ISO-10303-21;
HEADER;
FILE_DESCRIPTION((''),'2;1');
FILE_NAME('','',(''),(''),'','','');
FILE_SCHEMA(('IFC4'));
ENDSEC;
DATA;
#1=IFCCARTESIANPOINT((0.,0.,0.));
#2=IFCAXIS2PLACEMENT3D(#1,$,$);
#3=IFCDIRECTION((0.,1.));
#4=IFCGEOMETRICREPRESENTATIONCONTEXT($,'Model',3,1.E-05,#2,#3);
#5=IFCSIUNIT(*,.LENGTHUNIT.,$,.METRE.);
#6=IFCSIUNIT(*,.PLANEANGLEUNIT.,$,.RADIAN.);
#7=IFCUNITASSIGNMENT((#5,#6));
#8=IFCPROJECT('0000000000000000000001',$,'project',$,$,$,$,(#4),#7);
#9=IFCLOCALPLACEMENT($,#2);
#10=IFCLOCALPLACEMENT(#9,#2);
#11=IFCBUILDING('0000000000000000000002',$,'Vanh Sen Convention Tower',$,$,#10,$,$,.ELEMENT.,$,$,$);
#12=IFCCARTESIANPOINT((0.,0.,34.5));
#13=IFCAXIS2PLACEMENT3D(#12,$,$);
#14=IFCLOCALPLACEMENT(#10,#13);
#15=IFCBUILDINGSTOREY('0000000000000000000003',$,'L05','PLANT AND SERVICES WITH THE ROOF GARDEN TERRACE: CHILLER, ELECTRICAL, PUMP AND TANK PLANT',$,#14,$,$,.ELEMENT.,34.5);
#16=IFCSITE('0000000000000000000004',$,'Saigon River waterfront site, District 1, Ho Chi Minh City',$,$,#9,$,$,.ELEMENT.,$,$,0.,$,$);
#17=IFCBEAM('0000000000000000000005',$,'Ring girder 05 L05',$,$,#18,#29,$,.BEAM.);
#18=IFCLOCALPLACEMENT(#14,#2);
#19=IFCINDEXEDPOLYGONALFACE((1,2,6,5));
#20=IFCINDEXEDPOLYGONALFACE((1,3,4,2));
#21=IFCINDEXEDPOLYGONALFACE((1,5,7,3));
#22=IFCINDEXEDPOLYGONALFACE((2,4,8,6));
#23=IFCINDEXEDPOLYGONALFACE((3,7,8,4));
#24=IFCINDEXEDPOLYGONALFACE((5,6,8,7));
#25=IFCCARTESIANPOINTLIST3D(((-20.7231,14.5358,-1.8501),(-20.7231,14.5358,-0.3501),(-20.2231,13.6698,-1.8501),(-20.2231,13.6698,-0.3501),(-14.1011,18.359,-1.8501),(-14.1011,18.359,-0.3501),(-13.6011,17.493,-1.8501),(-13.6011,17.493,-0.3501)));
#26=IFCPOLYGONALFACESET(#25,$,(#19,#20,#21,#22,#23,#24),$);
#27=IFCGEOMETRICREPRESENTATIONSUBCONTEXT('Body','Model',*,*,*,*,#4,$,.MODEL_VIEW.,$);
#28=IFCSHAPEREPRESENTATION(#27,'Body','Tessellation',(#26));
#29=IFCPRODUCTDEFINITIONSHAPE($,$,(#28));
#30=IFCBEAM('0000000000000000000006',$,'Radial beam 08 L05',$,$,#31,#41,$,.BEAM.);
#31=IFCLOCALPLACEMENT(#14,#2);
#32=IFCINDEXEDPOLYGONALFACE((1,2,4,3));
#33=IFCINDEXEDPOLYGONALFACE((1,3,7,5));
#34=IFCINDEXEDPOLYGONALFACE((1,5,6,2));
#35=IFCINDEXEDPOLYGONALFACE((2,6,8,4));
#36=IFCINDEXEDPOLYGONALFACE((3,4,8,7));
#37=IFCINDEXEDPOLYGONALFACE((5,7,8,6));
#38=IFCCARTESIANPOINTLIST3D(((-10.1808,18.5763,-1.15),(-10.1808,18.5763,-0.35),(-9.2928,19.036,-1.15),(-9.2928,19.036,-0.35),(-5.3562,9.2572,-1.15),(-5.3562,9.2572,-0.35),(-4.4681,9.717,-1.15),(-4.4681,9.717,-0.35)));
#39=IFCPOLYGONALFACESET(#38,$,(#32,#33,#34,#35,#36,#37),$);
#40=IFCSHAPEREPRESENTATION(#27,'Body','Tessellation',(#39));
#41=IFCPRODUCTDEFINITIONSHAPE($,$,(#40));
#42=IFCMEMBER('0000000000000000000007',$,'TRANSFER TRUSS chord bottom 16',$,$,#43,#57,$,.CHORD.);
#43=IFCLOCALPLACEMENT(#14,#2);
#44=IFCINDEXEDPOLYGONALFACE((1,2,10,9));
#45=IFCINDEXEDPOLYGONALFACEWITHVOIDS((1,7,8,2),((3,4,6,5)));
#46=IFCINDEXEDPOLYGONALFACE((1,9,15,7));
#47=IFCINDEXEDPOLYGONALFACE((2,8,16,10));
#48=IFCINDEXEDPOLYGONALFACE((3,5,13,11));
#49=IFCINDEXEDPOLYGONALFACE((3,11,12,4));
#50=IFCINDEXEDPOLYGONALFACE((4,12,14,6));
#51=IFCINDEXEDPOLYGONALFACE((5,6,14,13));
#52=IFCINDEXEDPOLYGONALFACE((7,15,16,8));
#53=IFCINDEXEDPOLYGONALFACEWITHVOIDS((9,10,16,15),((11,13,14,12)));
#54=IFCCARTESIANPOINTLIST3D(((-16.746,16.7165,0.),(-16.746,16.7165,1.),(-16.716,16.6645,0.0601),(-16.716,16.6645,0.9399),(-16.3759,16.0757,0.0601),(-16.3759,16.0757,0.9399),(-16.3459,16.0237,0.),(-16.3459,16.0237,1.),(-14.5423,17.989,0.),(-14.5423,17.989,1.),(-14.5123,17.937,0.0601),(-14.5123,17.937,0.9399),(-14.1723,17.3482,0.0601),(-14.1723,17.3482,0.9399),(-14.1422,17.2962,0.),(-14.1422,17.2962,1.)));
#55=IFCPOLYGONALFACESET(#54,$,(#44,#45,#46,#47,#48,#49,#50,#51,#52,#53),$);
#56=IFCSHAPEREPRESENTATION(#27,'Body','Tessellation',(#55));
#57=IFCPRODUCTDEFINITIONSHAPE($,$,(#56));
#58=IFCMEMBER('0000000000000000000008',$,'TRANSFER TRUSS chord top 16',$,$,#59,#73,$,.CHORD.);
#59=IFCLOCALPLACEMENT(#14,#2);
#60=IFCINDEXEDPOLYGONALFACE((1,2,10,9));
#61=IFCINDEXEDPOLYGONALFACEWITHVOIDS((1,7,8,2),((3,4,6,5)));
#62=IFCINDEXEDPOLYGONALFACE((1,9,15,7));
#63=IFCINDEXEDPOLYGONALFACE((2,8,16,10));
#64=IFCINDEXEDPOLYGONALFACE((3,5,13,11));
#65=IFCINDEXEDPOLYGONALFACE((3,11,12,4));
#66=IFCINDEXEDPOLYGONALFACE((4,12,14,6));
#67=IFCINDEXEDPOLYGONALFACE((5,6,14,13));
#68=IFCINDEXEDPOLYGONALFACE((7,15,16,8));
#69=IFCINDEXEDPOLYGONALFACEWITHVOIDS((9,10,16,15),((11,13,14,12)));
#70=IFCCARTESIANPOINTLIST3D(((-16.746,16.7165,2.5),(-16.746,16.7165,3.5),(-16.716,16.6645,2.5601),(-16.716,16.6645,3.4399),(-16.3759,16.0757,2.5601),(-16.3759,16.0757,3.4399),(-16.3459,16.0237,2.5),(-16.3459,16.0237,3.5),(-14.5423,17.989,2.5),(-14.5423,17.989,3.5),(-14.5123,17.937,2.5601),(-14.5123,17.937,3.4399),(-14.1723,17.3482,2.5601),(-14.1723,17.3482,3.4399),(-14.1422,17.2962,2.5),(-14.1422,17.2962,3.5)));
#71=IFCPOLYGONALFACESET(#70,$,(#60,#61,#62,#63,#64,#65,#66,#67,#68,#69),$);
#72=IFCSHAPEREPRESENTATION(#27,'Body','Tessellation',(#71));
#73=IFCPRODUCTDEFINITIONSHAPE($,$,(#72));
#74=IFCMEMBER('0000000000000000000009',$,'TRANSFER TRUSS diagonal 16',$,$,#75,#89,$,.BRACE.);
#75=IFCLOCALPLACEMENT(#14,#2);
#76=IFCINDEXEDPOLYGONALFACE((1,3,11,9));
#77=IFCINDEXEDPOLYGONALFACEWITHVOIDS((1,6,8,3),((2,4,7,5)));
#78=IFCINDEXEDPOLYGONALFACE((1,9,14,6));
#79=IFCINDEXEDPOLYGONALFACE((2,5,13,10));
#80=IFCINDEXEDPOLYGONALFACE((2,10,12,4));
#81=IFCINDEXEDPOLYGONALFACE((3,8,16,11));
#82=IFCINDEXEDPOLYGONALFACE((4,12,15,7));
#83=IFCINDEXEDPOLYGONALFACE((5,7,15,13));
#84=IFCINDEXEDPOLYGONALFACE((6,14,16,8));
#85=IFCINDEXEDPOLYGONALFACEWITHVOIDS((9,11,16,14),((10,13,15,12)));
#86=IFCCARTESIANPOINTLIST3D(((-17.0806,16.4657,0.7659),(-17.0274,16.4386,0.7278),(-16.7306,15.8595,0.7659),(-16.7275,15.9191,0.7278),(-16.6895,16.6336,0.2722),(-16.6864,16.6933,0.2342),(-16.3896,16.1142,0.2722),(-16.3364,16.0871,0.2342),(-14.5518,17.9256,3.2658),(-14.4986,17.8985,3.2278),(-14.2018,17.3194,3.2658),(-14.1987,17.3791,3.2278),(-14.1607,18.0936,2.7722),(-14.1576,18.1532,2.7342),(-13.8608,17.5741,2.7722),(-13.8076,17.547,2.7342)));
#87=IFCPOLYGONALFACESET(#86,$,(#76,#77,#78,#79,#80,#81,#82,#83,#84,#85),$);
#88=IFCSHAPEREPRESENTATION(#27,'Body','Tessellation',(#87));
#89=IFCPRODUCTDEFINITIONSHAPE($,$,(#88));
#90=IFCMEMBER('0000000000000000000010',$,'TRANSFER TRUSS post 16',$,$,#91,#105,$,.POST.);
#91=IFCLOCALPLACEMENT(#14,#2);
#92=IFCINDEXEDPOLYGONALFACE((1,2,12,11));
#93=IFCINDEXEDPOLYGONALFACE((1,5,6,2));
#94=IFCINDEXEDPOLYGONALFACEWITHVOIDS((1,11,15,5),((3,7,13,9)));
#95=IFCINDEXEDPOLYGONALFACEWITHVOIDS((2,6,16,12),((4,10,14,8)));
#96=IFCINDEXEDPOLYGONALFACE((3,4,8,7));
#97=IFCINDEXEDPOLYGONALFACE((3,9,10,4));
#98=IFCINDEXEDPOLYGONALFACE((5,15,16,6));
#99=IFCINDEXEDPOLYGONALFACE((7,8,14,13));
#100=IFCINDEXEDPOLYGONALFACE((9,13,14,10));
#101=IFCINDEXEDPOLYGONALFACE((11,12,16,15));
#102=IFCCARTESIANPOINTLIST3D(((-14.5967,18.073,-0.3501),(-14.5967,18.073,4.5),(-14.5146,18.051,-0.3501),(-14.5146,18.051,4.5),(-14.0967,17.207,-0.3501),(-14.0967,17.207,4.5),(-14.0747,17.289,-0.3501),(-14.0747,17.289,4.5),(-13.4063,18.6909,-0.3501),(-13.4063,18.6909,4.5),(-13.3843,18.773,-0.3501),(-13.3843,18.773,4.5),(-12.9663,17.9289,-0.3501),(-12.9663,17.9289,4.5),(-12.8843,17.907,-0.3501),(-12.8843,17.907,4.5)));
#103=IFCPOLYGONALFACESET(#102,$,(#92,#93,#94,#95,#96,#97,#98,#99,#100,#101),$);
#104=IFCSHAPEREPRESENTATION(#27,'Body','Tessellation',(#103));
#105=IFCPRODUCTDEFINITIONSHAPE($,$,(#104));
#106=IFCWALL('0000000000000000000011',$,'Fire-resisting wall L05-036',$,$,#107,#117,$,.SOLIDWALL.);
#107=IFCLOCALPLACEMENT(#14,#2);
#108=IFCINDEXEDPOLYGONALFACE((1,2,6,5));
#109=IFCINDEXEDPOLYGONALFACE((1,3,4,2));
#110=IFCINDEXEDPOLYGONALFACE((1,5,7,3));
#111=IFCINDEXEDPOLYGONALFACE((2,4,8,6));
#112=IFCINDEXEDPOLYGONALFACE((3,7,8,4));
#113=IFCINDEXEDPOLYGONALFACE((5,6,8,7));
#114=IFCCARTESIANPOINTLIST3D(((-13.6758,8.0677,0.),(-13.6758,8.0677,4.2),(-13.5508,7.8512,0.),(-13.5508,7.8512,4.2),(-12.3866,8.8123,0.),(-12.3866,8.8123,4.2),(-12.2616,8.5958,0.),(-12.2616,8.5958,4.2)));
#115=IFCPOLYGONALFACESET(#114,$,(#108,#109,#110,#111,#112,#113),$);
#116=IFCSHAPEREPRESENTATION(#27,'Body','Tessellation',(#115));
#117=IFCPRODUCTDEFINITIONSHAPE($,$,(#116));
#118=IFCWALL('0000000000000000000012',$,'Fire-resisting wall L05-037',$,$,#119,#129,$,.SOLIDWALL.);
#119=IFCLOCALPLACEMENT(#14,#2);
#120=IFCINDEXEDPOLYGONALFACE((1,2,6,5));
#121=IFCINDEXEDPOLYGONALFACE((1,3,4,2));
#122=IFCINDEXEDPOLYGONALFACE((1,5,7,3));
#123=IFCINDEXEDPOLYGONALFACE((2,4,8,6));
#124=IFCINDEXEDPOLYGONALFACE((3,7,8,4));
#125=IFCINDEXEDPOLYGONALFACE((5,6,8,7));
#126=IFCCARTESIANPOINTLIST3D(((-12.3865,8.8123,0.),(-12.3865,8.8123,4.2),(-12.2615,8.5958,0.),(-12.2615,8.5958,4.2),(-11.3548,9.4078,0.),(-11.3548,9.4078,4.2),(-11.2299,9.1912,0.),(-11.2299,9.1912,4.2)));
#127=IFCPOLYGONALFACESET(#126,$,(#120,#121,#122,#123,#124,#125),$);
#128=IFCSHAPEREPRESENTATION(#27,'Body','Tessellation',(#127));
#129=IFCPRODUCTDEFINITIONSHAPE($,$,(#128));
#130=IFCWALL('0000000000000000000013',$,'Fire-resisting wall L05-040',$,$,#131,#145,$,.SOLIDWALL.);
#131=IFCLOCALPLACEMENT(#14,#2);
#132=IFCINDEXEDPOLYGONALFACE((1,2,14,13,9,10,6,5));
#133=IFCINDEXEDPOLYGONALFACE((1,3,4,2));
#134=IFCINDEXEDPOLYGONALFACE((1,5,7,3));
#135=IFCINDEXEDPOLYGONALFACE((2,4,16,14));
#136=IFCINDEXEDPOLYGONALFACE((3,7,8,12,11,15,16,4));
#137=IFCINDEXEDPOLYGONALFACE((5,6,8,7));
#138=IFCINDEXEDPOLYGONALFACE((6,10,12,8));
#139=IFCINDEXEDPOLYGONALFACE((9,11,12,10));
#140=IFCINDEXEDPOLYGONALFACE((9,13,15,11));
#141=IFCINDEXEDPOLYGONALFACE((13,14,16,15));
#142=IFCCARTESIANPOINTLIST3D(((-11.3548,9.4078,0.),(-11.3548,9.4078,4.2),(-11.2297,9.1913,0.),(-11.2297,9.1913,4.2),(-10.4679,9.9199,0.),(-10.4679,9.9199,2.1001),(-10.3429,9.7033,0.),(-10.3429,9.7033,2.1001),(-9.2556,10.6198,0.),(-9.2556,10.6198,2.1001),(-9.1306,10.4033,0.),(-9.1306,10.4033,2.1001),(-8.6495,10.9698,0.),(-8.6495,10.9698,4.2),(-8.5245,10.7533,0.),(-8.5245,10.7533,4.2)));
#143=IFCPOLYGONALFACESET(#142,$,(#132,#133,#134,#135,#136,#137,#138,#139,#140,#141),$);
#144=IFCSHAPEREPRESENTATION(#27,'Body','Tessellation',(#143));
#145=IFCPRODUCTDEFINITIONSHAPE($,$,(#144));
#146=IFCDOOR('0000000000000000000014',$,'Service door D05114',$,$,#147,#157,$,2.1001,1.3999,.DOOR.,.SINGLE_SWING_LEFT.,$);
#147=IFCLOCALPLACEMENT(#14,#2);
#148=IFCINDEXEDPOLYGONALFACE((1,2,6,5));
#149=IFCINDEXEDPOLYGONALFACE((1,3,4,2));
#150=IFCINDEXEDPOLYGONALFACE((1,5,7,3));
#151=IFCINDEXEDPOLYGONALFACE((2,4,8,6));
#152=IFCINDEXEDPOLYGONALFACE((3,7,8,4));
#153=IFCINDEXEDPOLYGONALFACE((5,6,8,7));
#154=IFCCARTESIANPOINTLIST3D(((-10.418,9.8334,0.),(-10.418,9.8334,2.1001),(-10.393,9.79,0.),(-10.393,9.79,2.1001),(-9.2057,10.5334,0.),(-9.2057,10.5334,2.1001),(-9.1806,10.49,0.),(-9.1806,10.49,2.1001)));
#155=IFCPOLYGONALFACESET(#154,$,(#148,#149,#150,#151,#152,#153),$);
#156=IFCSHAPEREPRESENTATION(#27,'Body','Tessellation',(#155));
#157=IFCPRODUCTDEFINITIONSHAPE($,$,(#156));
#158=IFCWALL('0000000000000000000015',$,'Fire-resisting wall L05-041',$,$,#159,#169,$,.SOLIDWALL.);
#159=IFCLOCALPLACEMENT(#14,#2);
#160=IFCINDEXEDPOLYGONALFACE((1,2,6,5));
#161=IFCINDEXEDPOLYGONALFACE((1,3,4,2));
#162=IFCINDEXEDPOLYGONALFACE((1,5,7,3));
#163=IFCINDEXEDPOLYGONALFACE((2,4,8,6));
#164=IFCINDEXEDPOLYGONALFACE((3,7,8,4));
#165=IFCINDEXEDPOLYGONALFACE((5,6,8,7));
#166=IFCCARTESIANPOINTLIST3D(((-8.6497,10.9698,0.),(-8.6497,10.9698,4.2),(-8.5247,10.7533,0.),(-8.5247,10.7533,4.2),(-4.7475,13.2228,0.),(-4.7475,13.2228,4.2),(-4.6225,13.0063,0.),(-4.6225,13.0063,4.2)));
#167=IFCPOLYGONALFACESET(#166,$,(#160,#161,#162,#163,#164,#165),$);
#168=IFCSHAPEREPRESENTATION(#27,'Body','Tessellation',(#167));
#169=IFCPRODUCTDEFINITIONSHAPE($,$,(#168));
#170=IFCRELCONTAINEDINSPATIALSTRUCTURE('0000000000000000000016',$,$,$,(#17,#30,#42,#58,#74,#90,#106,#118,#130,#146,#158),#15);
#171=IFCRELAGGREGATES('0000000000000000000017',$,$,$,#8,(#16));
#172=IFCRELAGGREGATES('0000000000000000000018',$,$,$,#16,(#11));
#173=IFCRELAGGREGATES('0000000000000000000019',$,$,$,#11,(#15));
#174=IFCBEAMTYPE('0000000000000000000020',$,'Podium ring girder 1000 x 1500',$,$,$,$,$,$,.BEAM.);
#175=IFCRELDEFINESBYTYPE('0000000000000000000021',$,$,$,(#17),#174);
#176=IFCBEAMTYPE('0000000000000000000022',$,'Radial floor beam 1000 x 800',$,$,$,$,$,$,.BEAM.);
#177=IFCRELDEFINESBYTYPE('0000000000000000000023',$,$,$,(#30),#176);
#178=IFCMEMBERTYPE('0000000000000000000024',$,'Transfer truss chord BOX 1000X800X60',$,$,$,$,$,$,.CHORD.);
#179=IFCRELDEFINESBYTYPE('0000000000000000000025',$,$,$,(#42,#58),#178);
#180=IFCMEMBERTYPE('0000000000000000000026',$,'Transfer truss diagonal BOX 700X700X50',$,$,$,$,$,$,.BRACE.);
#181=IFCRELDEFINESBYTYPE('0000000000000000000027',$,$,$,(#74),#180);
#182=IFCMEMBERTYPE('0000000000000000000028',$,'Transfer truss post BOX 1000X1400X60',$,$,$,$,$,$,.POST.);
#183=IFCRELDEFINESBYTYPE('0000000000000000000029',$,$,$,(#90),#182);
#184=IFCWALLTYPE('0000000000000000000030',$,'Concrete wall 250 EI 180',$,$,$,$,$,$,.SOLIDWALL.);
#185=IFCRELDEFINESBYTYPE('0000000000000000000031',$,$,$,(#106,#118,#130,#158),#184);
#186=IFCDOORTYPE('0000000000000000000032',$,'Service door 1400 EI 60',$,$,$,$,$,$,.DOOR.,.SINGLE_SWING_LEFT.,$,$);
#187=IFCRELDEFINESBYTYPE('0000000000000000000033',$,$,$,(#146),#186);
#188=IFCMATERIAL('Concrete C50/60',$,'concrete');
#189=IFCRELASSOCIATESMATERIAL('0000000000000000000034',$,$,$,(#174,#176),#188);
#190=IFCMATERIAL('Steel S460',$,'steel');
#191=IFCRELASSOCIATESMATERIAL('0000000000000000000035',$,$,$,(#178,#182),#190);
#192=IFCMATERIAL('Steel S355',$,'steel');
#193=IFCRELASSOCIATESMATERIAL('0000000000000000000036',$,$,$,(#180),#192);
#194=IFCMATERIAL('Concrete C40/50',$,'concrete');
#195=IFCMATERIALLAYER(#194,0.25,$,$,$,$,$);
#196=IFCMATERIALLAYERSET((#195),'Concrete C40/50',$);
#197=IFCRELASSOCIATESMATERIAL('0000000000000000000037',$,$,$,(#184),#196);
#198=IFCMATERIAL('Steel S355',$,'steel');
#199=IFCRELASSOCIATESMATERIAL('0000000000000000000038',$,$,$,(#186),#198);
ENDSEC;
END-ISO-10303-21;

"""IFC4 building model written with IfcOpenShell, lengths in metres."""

from ifc_helpers import new_model, si_unit, direction, frame, frame_2d, origin, origin_2d, place, context, subcontext, project, spatial, rectangle, hollow_rectangle, extrude, material, layer, layer_set, material_profile, profile_set, type_object, element, fill, save


model = new_model("IFC4")

# Units and contexts
model_context = context("Model", 3, precision=1e-05, world=origin(), true_north=direction((0.0, 1.0)))
body_context = subcontext(model_context, "Body", "Model", "MODEL_VIEW")
ifc_project = project(units=[si_unit("LENGTHUNIT", "METRE"), si_unit("PLANEANGLEUNIT", "RADIAN")], contexts=[model_context])

# Site, building, storey
site_placement = place(None, origin())
site = spatial("IfcSite", under=ifc_project, at=site_placement, Name="Saigon River waterfront site, District 1, Ho Chi Minh City", CompositionType="ELEMENT", RefElevation=0.0)
building_placement = place(site_placement, origin())
building = spatial("IfcBuilding", under=site, at=building_placement, Name="Vanh Sen Convention Tower", CompositionType="ELEMENT")
storey_placement = place(building_placement, frame((0.0, 0.0, 34.5)))
storey = spatial("IfcBuildingStorey", under=building, at=storey_placement, Name="L05", Description="PLANT AND SERVICES WITH THE ROOF GARDEN TERRACE: CHILLER, ELECTRICAL, PUMP AND TANK PLANT", CompositionType="ELEMENT", Elevation=34.5)

# Beams
ifc_material_1 = material(Name="Concrete C50/60", Category="concrete")
ifc_material_profile_1 = material_profile(ifc_material_1, rectangle(XDim=1.0, YDim=1.5, at=origin_2d()), Name="RC 1000X1500")
ifc_profile_set_1 = profile_set([ifc_material_profile_1], Name="Concrete C50/60")
beam_type_1 = type_object("IfcBeamType", Name="Podium ring girder 1000 x 1500", PredefinedType="BEAM", material=ifc_profile_set_1)
beam_1_placement = place(storey_placement, frame((-13.8511, 17.926, -1.1001), z_axis=(-0.866026, -0.499999, 0.0), x_axis=(0.499999, -0.866026, 0.0)))
element("IfcBeam", 1, at=beam_1_placement, inside=storey, type_object=beam_type_1, Name="Ring girder 05 L05", PredefinedType="BEAM", context=body_context, shape_type="SweptSolid", body=[
    extrude(rectangle(XDim=1.0, YDim=1.5, at=origin_2d()), origin(), (0.0, 0.0, 1.0), 7.6465),
])
ifc_material_profile_2 = material_profile(ifc_material_1, rectangle(XDim=1.0, YDim=0.8, at=origin_2d()), Name="RC 1000X800")
ifc_profile_set_2 = profile_set([ifc_material_profile_2], Name="Concrete C50/60")
beam_type_2 = type_object("IfcBeamType", Name="Radial floor beam 1000 x 800", PredefinedType="BEAM", material=ifc_profile_set_2)
beam_2_placement = place(storey_placement, frame((-9.7368, 18.8062, -0.75), z_axis=(0.45976, -0.888043, 0.0), x_axis=(0.888043, 0.45976, 0.0)))
element("IfcBeam", 2, at=beam_2_placement, inside=storey, type_object=beam_type_2, Name="Radial beam 08 L05", PredefinedType="BEAM", context=body_context, shape_type="SweptSolid", body=[
    extrude(rectangle(XDim=1.0, YDim=0.8, at=origin_2d()), origin(), (0.0, 0.0, 1.0), 10.4939),
])

# Members
ifc_material_2 = material(Name="Steel S460", Category="steel")
ifc_material_profile_3 = material_profile(ifc_material_2, hollow_rectangle(XDim=0.8, YDim=1.0, WallThickness=0.0601, at=origin_2d()), Name="BOX 1000X800X60")
ifc_profile_set_3 = profile_set([ifc_material_profile_3], Name="Steel S460")
member_type_1 = type_object("IfcMemberType", Name="Transfer truss chord BOX 1000X800X60", PredefinedType="CHORD", material=ifc_profile_set_3)
for number, where, z_axis, x_axis, name in (
    (3, (-14.3423, 17.6426, 0.5), (-0.865991, -0.50006, 0.0), (0.50006, -0.865991, 0.0), "TRANSFER TRUSS chord bottom 16"),
    (4, (-14.3423, 17.6426, 3.0), (-0.865991, -0.50006, 0.0), (0.50006, -0.865991, 0.0), "TRANSFER TRUSS chord top 16"),
):
    element("IfcMember", number, at=place(storey_placement, frame(where, z_axis=z_axis, x_axis=x_axis)), inside=storey, type_object=member_type_1, Name=name, PredefinedType="CHORD", context=body_context, shape_type="SweptSolid", body=[
        extrude(hollow_rectangle(XDim=0.8, YDim=1.0, WallThickness=0.0601, at=origin_2d()), origin(), (0.0, 0.0, 1.0), 2.5447),
    ])
ifc_material_3 = material(Name="Steel S355", Category="steel")
ifc_material_profile_4 = material_profile(ifc_material_3, hollow_rectangle(XDim=0.7, YDim=0.7, WallThickness=0.05, at=origin_2d()), Name="BOX 700X700X50")
ifc_profile_set_4 = profile_set([ifc_material_profile_4], Name="Steel S355")
member_type_2 = type_object("IfcMemberType", Name="Transfer truss diagonal BOX 700X700X50", PredefinedType="BRACE", material=ifc_profile_set_4)
member_1_placement = place(storey_placement, frame((-14.1797, 17.7363, 3.0), z_axis=(-0.657858, -0.379802, -0.650364), x_axis=(0.499988, -0.866032, 0.0)))
element("IfcMember", 5, at=member_1_placement, inside=storey, type_object=member_type_2, Name="TRANSFER TRUSS diagonal 16", PredefinedType="BRACE", context=body_context, shape_type="SweptSolid", body=[
    extrude(hollow_rectangle(XDim=0.7, YDim=0.7, WallThickness=0.05, at=origin_2d()), origin(), (0.0, 0.0, 1.0), 3.844),
])
ifc_material_profile_5 = material_profile(ifc_material_2, hollow_rectangle(XDim=1.3999, YDim=1.0, WallThickness=0.0601, at=origin_2d()), Name="BOX 1000X1400X60")
ifc_profile_set_5 = profile_set([ifc_material_profile_5], Name="Steel S460")
member_type_3 = type_object("IfcMemberType", Name="Transfer truss post BOX 1000X1400X60", PredefinedType="POST", material=ifc_profile_set_5)
member_2_placement = place(storey_placement, frame((-13.7405, 17.99, -0.3501), z_axis=(0.0, 0.0, 1.0), x_axis=(-0.866025, -0.5, 0.0)))
element("IfcMember", 6, at=member_2_placement, inside=storey, type_object=member_type_3, Name="TRANSFER TRUSS post 16", PredefinedType="POST", context=body_context, shape_type="SweptSolid", body=[
    extrude(hollow_rectangle(XDim=1.3999, YDim=1.0, WallThickness=0.0601, at=origin_2d()), origin(), (0.0, 0.0, 1.0), 4.8501),
])

# Walls
ifc_material_4 = material(Name="Concrete C40/50", Category="concrete")
ifc_layer_1 = layer(ifc_material_4, 0.25)
ifc_layer_set_1 = layer_set([ifc_layer_1], Name="Concrete C40/50")
wall_type = type_object("IfcWallType", Name="Concrete wall 250 EI 180", PredefinedType="SOLIDWALL", material=ifc_layer_set_1)
wall_1_placement = place(storey_placement, frame((-13.6133, 7.9595, 0.0), z_axis=(0.0, 0.0, 1.0), x_axis=(0.865953, 0.500125, 0.0)))
element("IfcWall", 7, at=wall_1_placement, inside=storey, type_object=wall_type, Name="Fire-resisting wall L05-036", PredefinedType="SOLIDWALL", context=body_context, shape_type="SweptSolid", body=[
    extrude(rectangle(XDim=1.4888, YDim=0.25, at=frame_2d((0.7444, 0.0))), origin(), (0.0, 0.0, 1.0), 4.2),
])
wall_2_placement = place(storey_placement, frame((-11.2922, 9.2996, 0.0), z_axis=(0.0, 0.0, 1.0), x_axis=(-0.866104, -0.499864, 0.0)))
element("IfcWall", 8, at=wall_2_placement, inside=storey, type_object=wall_type, Name="Fire-resisting wall L05-037", PredefinedType="SOLIDWALL", context=body_context, shape_type="SweptSolid", body=[
    extrude(rectangle(XDim=1.1912, YDim=0.25, at=frame_2d((0.5957, 0.0))), origin(), (0.0, 0.0, 1.0), 4.2),
])

# Wall, opening, door
wall_3_placement = place(storey_placement, frame((-8.5869, 10.8616, 0.0), z_axis=(0.0, 0.0, 1.0), x_axis=(-0.866012, -0.500022, 0.0)))
wall_3 = element("IfcWall", 9, at=wall_3_placement, inside=storey, type_object=wall_type, Name="Fire-resisting wall L05-040", PredefinedType="SOLIDWALL", context=body_context, shape_type="SweptSolid", body=[
    extrude(rectangle(XDim=3.1238, YDim=0.25, at=frame_2d((1.562, 0.0))), origin(), (0.0, 0.0, 1.0), 4.2),
])
opening_1_placement = place(wall_3_placement, frame((0.7, 0.0, 0.0)))
opening_1 = element("IfcOpeningElement", 10, at=opening_1_placement, cuts=wall_3, PredefinedType="OPENING", context=body_context, shape_type="SweptSolid", body=[
    extrude(rectangle(XDim=1.3999, YDim=2.1001, at=frame_2d((0.7, 1.05))), frame((0.0, 0.135, 0.0), z_axis=(0.0, -1.0, 0.0), x_axis=(1.0, 0.0, 0.0)), (0.0, 0.0, 1.0), 0.27),
])
ifc_material_5 = material(Name="Steel S355", Category="steel")
door_type = type_object("IfcDoorType", Name="Service door 1400 EI 60", OperationType="SINGLE_SWING_LEFT", PredefinedType="DOOR", material=ifc_material_5)
door_1_placement = place(opening_1_placement, origin())
door_1 = element("IfcDoor", 11, at=door_1_placement, inside=storey, type_object=door_type, Name="Service door D05114", OperationType="SINGLE_SWING_LEFT", OverallHeight=2.1001, OverallWidth=1.3999, PredefinedType="DOOR", context=body_context, shape_type="SweptSolid", body=[
    extrude(rectangle(XDim=1.3999, YDim=2.1001, at=frame_2d((0.7, 1.05))), frame((0.0, 0.0249, 0.0), z_axis=(0.0, -1.0, 0.0), x_axis=(1.0, 0.0, 0.0)), (0.0, 0.0, 1.0), 0.05),
])
fill(opening_1, door_1)

# Wall
wall_4_placement = place(storey_placement, frame((-8.5872, 10.8616, 0.0), z_axis=(0.0, 0.0, 1.0), x_axis=(0.86602, 0.500009, 0.0)))
element("IfcWall", 12, at=wall_4_placement, inside=storey, type_object=wall_type, Name="Fire-resisting wall L05-041", PredefinedType="SOLIDWALL", context=body_context, shape_type="SweptSolid", body=[
    extrude(rectangle(XDim=4.5059, YDim=0.25, at=frame_2d((2.2529, 0.0))), origin(), (0.0, 0.0, 1.0), 4.2),
])

save(model, "model.ifc")
